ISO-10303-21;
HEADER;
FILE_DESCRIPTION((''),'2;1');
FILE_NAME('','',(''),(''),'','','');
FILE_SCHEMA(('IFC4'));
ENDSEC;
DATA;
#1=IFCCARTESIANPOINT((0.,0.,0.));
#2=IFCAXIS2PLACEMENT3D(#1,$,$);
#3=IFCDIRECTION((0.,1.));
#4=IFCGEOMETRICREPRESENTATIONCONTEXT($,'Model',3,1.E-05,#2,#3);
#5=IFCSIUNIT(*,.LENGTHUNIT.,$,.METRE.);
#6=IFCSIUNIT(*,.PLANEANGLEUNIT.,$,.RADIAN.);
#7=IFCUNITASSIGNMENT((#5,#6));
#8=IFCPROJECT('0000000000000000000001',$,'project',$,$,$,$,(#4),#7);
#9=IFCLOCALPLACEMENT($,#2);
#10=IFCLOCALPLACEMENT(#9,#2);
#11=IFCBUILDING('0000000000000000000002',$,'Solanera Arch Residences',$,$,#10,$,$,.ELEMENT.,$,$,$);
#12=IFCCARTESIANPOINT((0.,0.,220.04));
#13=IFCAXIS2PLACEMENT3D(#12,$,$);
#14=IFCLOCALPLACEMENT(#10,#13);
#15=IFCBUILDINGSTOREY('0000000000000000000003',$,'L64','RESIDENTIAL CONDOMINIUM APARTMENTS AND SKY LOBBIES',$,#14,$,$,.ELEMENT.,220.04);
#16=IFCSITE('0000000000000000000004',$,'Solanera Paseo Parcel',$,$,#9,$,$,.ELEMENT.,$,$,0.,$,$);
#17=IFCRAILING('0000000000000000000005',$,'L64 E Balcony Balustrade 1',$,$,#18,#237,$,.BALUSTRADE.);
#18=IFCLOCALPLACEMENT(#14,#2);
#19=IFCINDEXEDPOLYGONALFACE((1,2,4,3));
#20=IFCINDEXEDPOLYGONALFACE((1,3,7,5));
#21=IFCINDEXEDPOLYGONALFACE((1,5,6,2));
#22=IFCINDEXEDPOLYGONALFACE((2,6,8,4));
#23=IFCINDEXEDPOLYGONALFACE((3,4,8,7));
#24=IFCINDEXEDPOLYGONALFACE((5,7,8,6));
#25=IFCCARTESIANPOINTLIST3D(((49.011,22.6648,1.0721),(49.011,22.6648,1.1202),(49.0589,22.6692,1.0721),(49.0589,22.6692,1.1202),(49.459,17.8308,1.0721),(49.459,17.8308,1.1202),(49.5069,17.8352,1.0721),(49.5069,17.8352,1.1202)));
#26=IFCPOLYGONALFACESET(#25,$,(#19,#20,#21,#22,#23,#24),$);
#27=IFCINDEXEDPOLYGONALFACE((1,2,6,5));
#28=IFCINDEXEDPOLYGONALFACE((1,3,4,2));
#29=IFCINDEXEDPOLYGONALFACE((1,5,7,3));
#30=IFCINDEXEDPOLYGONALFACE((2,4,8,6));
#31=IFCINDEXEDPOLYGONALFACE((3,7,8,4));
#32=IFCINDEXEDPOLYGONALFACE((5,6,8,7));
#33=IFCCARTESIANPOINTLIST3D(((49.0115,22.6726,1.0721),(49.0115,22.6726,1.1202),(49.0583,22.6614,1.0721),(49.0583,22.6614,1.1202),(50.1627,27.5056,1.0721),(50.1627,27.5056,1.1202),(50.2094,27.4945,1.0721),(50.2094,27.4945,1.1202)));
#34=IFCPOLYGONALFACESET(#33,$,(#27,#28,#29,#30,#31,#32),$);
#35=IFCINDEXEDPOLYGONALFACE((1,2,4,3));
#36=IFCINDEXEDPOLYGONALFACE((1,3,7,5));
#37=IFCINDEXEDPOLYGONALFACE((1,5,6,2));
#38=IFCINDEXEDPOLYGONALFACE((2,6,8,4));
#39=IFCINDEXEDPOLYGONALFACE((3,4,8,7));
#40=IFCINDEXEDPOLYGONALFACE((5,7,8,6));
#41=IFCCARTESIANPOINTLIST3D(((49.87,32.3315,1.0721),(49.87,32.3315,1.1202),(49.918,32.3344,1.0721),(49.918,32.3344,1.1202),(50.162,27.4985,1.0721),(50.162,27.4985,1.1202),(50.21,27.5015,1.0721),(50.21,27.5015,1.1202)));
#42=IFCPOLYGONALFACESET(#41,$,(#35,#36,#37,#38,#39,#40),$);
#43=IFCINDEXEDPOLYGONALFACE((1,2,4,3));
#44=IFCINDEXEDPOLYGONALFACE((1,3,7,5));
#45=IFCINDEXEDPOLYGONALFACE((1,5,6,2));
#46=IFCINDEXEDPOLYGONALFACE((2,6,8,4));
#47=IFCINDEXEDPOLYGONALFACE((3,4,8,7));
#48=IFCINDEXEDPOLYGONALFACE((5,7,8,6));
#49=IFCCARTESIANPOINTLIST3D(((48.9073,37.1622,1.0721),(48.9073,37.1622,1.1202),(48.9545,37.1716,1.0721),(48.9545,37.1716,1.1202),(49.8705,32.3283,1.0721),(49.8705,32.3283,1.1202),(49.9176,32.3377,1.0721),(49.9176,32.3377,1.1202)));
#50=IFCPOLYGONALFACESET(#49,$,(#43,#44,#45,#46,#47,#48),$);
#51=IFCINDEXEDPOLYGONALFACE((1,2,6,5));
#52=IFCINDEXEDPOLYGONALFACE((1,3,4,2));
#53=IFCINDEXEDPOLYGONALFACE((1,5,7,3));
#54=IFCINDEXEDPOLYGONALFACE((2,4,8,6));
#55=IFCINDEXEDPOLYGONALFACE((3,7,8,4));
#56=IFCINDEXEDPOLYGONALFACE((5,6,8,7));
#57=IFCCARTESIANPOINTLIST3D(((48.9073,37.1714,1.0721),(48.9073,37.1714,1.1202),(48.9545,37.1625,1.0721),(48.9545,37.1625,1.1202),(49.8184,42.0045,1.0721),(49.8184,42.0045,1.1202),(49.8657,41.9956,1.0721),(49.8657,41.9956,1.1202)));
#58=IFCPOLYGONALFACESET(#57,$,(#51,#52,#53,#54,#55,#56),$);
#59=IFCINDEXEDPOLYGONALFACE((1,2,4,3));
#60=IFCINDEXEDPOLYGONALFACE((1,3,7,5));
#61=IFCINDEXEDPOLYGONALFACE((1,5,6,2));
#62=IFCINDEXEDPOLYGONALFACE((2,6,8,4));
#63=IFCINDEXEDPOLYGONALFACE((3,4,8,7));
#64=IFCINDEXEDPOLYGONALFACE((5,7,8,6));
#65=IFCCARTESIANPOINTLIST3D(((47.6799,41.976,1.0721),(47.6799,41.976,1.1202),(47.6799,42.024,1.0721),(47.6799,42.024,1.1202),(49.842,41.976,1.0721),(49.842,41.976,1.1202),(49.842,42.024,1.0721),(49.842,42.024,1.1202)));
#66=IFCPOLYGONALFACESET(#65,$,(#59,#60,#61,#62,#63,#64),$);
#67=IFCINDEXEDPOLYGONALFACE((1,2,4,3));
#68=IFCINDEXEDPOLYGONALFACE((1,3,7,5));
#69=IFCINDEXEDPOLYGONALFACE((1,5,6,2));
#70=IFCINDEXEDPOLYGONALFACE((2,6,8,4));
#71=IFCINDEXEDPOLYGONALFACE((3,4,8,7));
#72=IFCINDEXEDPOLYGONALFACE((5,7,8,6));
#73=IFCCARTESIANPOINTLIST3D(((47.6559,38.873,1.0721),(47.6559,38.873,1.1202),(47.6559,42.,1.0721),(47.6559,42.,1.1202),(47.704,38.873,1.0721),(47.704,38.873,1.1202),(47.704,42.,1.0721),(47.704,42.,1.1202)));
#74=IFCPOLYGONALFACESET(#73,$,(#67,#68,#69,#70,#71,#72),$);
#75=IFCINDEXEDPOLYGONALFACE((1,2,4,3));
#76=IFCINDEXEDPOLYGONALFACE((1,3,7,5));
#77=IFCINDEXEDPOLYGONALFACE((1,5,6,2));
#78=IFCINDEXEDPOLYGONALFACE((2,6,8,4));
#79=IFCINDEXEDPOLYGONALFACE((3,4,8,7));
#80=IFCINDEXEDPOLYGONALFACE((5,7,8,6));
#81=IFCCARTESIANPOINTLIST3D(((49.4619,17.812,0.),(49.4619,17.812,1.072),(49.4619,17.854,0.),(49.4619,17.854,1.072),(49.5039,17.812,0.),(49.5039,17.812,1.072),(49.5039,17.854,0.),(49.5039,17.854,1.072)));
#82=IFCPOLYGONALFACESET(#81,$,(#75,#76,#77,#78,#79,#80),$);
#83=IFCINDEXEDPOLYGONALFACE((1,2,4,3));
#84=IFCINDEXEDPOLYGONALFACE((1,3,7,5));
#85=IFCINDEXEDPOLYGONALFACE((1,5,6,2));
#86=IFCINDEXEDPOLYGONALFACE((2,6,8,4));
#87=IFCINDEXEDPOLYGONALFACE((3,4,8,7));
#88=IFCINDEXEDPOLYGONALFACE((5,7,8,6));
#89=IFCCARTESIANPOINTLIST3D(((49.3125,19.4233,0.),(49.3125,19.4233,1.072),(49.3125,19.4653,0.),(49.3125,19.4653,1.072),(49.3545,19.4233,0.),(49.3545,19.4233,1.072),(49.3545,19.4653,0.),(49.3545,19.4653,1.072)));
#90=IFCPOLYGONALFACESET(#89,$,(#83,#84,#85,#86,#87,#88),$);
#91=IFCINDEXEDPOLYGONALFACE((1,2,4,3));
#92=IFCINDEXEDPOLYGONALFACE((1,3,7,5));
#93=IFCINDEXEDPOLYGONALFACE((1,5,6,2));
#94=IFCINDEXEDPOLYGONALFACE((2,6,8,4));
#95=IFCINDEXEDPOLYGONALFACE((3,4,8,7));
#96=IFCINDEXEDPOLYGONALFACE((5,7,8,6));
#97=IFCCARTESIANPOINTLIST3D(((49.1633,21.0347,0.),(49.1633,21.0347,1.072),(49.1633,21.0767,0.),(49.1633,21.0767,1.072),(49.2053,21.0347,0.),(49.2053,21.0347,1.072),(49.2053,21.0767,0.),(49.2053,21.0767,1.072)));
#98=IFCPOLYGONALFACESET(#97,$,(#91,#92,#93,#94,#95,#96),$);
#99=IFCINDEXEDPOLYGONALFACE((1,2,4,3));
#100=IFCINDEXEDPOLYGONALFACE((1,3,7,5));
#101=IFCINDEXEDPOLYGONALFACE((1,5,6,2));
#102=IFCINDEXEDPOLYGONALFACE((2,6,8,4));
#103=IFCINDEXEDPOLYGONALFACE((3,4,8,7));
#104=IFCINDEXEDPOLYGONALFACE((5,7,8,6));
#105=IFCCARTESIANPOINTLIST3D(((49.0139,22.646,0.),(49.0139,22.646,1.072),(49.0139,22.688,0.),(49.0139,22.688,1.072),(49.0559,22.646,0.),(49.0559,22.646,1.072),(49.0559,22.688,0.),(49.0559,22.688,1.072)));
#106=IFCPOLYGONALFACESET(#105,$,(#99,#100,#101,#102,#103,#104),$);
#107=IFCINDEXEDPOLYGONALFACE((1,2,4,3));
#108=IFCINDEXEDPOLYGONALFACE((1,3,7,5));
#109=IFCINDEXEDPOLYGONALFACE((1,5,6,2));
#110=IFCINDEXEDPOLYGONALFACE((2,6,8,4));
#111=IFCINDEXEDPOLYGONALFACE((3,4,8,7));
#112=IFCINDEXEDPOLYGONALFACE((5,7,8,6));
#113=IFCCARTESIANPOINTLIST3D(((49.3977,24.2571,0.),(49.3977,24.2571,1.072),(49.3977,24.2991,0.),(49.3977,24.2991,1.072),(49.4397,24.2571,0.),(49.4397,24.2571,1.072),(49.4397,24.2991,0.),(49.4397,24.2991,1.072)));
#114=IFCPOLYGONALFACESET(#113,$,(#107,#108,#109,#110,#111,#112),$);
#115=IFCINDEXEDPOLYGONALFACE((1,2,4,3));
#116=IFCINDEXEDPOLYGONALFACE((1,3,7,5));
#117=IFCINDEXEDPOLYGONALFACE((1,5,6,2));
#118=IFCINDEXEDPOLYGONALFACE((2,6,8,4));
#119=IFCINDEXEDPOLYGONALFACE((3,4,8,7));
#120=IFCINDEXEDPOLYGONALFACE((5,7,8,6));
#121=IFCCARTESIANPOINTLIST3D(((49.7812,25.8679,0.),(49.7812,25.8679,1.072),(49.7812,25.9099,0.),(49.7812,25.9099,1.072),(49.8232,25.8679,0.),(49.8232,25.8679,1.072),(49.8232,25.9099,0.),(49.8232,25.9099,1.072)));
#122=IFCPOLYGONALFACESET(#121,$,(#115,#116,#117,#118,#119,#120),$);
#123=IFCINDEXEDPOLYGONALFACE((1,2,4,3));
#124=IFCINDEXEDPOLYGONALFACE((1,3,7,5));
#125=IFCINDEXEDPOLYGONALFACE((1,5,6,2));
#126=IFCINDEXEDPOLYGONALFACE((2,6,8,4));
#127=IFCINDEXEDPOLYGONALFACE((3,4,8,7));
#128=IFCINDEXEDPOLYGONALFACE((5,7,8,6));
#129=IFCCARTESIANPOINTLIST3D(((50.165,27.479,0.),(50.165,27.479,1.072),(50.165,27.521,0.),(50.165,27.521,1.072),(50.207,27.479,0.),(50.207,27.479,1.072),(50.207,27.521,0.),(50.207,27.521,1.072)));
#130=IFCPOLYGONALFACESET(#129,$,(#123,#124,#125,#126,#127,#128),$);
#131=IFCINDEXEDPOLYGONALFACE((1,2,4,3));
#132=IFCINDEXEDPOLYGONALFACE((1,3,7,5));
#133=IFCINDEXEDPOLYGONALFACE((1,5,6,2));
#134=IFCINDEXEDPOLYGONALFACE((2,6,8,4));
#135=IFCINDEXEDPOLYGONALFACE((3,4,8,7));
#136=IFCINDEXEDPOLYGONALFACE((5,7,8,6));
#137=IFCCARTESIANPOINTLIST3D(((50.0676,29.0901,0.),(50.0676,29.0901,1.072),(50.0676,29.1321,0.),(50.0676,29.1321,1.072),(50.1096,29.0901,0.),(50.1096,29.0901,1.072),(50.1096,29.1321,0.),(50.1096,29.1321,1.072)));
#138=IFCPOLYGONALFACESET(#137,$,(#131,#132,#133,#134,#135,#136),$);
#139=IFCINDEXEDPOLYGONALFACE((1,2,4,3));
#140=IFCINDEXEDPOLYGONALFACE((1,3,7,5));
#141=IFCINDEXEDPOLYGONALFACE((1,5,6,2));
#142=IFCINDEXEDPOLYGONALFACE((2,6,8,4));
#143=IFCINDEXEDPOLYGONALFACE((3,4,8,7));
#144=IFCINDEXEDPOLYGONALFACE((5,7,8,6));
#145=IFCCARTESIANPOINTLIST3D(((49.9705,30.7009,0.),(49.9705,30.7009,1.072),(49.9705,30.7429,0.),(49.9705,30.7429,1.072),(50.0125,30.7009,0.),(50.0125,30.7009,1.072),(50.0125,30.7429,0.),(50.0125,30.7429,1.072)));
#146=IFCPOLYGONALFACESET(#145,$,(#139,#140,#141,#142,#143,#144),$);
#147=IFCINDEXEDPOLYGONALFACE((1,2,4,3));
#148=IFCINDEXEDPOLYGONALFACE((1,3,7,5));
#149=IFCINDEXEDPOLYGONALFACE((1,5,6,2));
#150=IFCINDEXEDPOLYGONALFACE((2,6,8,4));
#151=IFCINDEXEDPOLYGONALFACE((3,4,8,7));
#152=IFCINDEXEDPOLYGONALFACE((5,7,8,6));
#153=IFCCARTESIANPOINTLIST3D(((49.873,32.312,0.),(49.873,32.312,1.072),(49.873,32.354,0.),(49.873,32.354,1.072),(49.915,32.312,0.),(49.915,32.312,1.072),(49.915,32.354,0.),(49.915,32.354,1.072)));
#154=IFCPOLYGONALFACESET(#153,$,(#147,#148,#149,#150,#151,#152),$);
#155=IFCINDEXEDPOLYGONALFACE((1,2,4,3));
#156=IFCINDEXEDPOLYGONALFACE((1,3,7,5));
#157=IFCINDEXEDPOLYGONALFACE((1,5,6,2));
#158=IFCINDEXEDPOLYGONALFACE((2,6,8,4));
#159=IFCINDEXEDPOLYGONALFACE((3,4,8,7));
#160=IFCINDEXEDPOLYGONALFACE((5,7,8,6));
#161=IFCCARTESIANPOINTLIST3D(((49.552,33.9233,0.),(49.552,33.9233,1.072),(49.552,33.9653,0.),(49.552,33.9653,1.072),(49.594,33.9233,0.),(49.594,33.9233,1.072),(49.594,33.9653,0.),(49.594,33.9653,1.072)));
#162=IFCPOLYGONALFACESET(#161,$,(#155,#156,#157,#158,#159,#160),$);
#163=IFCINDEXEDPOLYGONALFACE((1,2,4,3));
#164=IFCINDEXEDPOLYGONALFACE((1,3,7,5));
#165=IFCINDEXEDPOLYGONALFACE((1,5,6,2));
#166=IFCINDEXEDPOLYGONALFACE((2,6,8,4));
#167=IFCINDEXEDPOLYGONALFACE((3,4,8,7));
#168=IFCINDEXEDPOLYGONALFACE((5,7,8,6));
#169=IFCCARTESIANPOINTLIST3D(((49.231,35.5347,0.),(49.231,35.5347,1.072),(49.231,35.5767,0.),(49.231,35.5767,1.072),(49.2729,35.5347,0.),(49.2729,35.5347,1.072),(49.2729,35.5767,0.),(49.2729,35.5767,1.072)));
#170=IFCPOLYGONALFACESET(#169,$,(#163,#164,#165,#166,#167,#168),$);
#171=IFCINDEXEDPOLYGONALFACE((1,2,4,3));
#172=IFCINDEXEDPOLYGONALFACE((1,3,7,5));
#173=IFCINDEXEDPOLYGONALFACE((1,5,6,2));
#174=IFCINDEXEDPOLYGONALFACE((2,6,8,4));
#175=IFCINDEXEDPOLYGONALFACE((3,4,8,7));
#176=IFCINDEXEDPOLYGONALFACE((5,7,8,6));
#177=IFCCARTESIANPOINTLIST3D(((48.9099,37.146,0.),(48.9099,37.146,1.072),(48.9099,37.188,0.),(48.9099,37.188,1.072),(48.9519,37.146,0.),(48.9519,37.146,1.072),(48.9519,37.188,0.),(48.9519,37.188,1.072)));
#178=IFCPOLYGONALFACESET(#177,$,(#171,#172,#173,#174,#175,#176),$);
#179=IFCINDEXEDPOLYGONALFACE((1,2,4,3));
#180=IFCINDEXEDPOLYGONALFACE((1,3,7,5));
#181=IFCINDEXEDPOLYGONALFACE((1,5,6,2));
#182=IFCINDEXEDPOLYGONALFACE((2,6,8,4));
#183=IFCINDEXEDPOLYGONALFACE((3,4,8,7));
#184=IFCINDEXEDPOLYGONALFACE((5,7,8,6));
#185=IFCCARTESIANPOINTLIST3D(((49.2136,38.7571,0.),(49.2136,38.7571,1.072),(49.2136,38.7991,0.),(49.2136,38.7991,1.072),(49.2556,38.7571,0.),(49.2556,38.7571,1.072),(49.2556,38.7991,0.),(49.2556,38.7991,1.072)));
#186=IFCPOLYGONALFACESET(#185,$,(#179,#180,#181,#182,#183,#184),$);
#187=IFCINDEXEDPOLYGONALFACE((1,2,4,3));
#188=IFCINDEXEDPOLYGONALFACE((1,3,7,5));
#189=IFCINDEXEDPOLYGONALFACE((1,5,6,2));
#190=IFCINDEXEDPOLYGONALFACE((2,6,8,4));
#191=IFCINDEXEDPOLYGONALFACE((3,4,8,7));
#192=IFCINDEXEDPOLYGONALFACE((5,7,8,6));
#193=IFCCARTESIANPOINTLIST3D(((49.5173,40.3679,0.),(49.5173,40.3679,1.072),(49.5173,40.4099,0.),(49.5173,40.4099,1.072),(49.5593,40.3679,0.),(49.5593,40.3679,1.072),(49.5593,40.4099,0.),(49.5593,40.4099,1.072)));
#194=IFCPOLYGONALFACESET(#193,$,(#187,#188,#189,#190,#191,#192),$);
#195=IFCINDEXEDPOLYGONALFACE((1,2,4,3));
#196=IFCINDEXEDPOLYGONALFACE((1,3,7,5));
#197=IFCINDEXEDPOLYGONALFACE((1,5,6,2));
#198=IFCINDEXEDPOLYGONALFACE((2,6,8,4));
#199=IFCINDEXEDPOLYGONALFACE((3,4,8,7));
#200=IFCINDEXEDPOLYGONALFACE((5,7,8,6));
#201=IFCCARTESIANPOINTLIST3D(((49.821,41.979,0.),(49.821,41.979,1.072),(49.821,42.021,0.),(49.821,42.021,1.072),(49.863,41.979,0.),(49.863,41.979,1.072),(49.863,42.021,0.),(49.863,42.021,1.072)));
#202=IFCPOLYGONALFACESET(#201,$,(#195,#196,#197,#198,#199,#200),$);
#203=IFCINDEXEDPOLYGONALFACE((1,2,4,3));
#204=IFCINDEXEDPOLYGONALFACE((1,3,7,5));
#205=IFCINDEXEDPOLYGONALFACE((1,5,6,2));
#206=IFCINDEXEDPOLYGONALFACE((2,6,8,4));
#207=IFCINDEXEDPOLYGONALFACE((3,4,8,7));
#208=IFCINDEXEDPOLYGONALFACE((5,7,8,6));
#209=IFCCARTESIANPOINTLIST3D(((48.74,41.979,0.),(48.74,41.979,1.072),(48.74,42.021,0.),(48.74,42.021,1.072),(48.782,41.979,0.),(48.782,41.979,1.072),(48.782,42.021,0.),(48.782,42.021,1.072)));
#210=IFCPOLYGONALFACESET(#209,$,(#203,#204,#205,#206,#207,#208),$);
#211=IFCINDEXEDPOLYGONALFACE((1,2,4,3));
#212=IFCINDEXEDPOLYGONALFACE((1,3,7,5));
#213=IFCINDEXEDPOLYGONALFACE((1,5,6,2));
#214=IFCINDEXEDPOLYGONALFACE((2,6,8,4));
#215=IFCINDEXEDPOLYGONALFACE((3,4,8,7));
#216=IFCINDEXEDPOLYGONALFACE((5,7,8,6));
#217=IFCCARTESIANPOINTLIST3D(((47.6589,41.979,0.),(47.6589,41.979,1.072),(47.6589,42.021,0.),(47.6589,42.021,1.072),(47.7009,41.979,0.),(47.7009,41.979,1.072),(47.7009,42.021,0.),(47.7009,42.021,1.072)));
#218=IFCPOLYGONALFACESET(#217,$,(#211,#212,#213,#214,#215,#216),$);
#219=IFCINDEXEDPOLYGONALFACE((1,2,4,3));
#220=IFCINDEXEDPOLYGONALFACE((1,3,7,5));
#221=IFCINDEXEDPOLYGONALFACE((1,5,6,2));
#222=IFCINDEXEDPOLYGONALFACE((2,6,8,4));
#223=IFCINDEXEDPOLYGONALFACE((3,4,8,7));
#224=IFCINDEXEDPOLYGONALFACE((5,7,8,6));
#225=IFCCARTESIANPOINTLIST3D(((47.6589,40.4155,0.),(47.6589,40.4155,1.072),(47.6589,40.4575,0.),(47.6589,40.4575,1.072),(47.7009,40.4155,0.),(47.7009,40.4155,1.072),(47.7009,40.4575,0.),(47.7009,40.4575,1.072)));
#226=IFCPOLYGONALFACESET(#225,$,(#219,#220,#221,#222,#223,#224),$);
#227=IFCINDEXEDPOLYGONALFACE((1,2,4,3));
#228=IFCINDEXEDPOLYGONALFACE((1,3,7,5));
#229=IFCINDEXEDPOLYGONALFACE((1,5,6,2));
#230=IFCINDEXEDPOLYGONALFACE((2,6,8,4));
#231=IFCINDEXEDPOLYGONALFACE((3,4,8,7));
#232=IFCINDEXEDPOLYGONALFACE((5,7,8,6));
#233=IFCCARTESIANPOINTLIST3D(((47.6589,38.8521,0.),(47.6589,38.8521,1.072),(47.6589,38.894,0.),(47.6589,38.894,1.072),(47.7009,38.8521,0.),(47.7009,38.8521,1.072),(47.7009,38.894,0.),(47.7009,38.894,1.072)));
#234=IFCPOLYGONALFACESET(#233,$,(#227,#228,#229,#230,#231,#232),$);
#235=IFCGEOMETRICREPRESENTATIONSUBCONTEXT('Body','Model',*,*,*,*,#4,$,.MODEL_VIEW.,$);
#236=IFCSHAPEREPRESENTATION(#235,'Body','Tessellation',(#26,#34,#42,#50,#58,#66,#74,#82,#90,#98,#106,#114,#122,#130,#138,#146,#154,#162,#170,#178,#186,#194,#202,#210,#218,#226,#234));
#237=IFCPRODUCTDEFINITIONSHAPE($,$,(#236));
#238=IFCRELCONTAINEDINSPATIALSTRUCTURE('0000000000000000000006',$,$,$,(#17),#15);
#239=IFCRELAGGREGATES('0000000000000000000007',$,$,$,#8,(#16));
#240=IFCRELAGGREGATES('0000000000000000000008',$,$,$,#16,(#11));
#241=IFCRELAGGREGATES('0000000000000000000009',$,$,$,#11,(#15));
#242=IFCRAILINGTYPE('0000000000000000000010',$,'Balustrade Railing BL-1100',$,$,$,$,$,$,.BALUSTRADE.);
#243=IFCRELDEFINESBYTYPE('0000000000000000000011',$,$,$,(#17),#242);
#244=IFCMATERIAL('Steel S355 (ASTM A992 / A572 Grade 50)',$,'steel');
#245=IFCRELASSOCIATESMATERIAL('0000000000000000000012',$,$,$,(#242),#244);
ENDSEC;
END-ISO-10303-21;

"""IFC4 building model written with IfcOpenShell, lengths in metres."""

from ifc_helpers import new_model, si_unit, direction, frame, origin, origin_2d, place, context, subcontext, project, spatial, rectangle, extrude, material, type_object, element, save


model = new_model("IFC4")

# Units and contexts
model_context = context("Model", 3, precision=1e-05, world=origin(), true_north=direction((0.0, 1.0)))
body_context = subcontext(model_context, "Body", "Model", "MODEL_VIEW")
ifc_project = project(units=[si_unit("LENGTHUNIT", "METRE"), si_unit("PLANEANGLEUNIT", "RADIAN")], contexts=[model_context])

# Site, building, storey
site_placement = place(None, origin())
site = spatial("IfcSite", under=ifc_project, at=site_placement, Name="Solanera Paseo Parcel", CompositionType="ELEMENT", RefElevation=0.0)
building_placement = place(site_placement, origin())
building = spatial("IfcBuilding", under=site, at=building_placement, Name="Solanera Arch Residences", CompositionType="ELEMENT")
storey_placement = place(building_placement, frame((0.0, 0.0, 220.04)))
storey = spatial("IfcBuildingStorey", under=building, at=storey_placement, Name="L64", Description="RESIDENTIAL CONDOMINIUM APARTMENTS AND SKY LOBBIES", CompositionType="ELEMENT", Elevation=220.04)

# Railing
ifc_material_1 = material(Name="Steel S355 (ASTM A992 / A572 Grade 50)", Category="steel")
railing_type = type_object("IfcRailingType", Name="Balustrade Railing BL-1100", PredefinedType="BALUSTRADE", material=ifc_material_1)
railing_placement = place(storey_placement, frame((49.4829, 17.833, 0.0)))
element("IfcRailing", 1, at=railing_placement, inside=storey, type_object=railing_type, Name="L64 E Balcony Balustrade 1", PredefinedType="BALUSTRADE", context=body_context, shape_type="SweptSolid", body=[
    extrude(rectangle(XDim=0.0481, YDim=0.0481, at=origin_2d()), frame((0.0, 0.0, 1.0962), z_axis=(-0.092281, 0.995733, 0.0), x_axis=(-0.995733, -0.092281, 0.0)), (0.0, 0.0, 1.0), 4.8547),
    extrude(rectangle(XDim=0.0481, YDim=0.0481, at=origin_2d()), frame((-0.448, 4.834, 1.0962), z_axis=(0.231698, 0.972788, 0.0), x_axis=(-0.972788, 0.231698, 0.0)), (0.0, 0.0, 1.0), 4.9683),
    extrude(rectangle(XDim=0.0481, YDim=0.0481, at=origin_2d()), frame((0.7031, 9.667, 1.0962), z_axis=(-0.060306, 0.99818, 0.0), x_axis=(-0.99818, -0.060306, 0.0)), (0.0, 0.0, 1.0), 4.8418),
    extrude(rectangle(XDim=0.0481, YDim=0.0481, at=origin_2d()), frame((0.4111, 14.5, 1.0962), z_axis=(-0.195402, 0.980723, 0.0), x_axis=(-0.980723, -0.195402, 0.0)), (0.0, 0.0, 1.0), 4.929),
    extrude(rectangle(XDim=0.0481, YDim=0.0481, at=origin_2d()), frame((-0.552, 19.334, 1.0962), z_axis=(0.18526, 0.98269, 0.0), x_axis=(-0.98269, 0.18526, 0.0)), (0.0, 0.0, 1.0), 4.9182),
    extrude(rectangle(XDim=0.0481, YDim=0.0481, at=origin_2d()), frame((0.3591, 24.167, 1.0962), z_axis=(-1.0, 0.0, 0.0), x_axis=(0.0, -1.0, 0.0)), (0.0, 0.0, 1.0), 2.1621),
    extrude(rectangle(XDim=0.0481, YDim=0.0481, at=origin_2d()), frame((-1.803, 24.167, 1.0962), z_axis=(0.0, -1.0, 0.0), x_axis=(1.0, 0.0, 0.0)), (0.0, 0.0, 1.0), 3.127),
    extrude(rectangle(XDim=0.042, YDim=0.042, at=origin_2d()), origin(), (0.0, 0.0, 1.0), 1.072),
    extrude(rectangle(XDim=0.042, YDim=0.042, at=origin_2d()), frame((-0.1494, 1.6113, 0.0)), (0.0, 0.0, 1.0), 1.072),
    extrude(rectangle(XDim=0.042, YDim=0.042, at=origin_2d()), frame((-0.2986, 3.2227, 0.0)), (0.0, 0.0, 1.0), 1.072),
    extrude(rectangle(XDim=0.042, YDim=0.042, at=origin_2d()), frame((-0.448, 4.834, 0.0)), (0.0, 0.0, 1.0), 1.072),
    extrude(rectangle(XDim=0.042, YDim=0.042, at=origin_2d()), frame((-0.0642, 6.4451, 0.0)), (0.0, 0.0, 1.0), 1.072),
    extrude(rectangle(XDim=0.042, YDim=0.042, at=origin_2d()), frame((0.3193, 8.0559, 0.0)), (0.0, 0.0, 1.0), 1.072),
    extrude(rectangle(XDim=0.042, YDim=0.042, at=origin_2d()), frame((0.7031, 9.667, 0.0)), (0.0, 0.0, 1.0), 1.072),
    extrude(rectangle(XDim=0.042, YDim=0.042, at=origin_2d()), frame((0.6057, 11.2781, 0.0)), (0.0, 0.0, 1.0), 1.072),
    extrude(rectangle(XDim=0.042, YDim=0.042, at=origin_2d()), frame((0.5085, 12.8889, 0.0)), (0.0, 0.0, 1.0), 1.072),
    extrude(rectangle(XDim=0.042, YDim=0.042, at=origin_2d()), frame((0.4111, 14.5, 0.0)), (0.0, 0.0, 1.0), 1.072),
    extrude(rectangle(XDim=0.042, YDim=0.042, at=origin_2d()), frame((0.0901, 16.1113, 0.0)), (0.0, 0.0, 1.0), 1.072),
    extrude(rectangle(XDim=0.042, YDim=0.042, at=origin_2d()), frame((-0.231, 17.7227, 0.0)), (0.0, 0.0, 1.0), 1.072),
    extrude(rectangle(XDim=0.042, YDim=0.042, at=origin_2d()), frame((-0.552, 19.334, 0.0)), (0.0, 0.0, 1.0), 1.072),
    extrude(rectangle(XDim=0.042, YDim=0.042, at=origin_2d()), frame((-0.2483, 20.9451, 0.0)), (0.0, 0.0, 1.0), 1.072),
    extrude(rectangle(XDim=0.042, YDim=0.042, at=origin_2d()), frame((0.0554, 22.5559, 0.0)), (0.0, 0.0, 1.0), 1.072),
    extrude(rectangle(XDim=0.042, YDim=0.042, at=origin_2d()), frame((0.3591, 24.167, 0.0)), (0.0, 0.0, 1.0), 1.072),
    extrude(rectangle(XDim=0.042, YDim=0.042, at=origin_2d()), frame((-0.7219, 24.167, 0.0)), (0.0, 0.0, 1.0), 1.072),
    extrude(rectangle(XDim=0.042, YDim=0.042, at=origin_2d()), frame((-1.803, 24.167, 0.0)), (0.0, 0.0, 1.0), 1.072),
    extrude(rectangle(XDim=0.042, YDim=0.042, at=origin_2d()), frame((-1.803, 22.6035, 0.0)), (0.0, 0.0, 1.0), 1.072),
    extrude(rectangle(XDim=0.042, YDim=0.042, at=origin_2d()), frame((-1.803, 21.04, 0.0)), (0.0, 0.0, 1.0), 1.072),
])

save(model, "model.ifc")
